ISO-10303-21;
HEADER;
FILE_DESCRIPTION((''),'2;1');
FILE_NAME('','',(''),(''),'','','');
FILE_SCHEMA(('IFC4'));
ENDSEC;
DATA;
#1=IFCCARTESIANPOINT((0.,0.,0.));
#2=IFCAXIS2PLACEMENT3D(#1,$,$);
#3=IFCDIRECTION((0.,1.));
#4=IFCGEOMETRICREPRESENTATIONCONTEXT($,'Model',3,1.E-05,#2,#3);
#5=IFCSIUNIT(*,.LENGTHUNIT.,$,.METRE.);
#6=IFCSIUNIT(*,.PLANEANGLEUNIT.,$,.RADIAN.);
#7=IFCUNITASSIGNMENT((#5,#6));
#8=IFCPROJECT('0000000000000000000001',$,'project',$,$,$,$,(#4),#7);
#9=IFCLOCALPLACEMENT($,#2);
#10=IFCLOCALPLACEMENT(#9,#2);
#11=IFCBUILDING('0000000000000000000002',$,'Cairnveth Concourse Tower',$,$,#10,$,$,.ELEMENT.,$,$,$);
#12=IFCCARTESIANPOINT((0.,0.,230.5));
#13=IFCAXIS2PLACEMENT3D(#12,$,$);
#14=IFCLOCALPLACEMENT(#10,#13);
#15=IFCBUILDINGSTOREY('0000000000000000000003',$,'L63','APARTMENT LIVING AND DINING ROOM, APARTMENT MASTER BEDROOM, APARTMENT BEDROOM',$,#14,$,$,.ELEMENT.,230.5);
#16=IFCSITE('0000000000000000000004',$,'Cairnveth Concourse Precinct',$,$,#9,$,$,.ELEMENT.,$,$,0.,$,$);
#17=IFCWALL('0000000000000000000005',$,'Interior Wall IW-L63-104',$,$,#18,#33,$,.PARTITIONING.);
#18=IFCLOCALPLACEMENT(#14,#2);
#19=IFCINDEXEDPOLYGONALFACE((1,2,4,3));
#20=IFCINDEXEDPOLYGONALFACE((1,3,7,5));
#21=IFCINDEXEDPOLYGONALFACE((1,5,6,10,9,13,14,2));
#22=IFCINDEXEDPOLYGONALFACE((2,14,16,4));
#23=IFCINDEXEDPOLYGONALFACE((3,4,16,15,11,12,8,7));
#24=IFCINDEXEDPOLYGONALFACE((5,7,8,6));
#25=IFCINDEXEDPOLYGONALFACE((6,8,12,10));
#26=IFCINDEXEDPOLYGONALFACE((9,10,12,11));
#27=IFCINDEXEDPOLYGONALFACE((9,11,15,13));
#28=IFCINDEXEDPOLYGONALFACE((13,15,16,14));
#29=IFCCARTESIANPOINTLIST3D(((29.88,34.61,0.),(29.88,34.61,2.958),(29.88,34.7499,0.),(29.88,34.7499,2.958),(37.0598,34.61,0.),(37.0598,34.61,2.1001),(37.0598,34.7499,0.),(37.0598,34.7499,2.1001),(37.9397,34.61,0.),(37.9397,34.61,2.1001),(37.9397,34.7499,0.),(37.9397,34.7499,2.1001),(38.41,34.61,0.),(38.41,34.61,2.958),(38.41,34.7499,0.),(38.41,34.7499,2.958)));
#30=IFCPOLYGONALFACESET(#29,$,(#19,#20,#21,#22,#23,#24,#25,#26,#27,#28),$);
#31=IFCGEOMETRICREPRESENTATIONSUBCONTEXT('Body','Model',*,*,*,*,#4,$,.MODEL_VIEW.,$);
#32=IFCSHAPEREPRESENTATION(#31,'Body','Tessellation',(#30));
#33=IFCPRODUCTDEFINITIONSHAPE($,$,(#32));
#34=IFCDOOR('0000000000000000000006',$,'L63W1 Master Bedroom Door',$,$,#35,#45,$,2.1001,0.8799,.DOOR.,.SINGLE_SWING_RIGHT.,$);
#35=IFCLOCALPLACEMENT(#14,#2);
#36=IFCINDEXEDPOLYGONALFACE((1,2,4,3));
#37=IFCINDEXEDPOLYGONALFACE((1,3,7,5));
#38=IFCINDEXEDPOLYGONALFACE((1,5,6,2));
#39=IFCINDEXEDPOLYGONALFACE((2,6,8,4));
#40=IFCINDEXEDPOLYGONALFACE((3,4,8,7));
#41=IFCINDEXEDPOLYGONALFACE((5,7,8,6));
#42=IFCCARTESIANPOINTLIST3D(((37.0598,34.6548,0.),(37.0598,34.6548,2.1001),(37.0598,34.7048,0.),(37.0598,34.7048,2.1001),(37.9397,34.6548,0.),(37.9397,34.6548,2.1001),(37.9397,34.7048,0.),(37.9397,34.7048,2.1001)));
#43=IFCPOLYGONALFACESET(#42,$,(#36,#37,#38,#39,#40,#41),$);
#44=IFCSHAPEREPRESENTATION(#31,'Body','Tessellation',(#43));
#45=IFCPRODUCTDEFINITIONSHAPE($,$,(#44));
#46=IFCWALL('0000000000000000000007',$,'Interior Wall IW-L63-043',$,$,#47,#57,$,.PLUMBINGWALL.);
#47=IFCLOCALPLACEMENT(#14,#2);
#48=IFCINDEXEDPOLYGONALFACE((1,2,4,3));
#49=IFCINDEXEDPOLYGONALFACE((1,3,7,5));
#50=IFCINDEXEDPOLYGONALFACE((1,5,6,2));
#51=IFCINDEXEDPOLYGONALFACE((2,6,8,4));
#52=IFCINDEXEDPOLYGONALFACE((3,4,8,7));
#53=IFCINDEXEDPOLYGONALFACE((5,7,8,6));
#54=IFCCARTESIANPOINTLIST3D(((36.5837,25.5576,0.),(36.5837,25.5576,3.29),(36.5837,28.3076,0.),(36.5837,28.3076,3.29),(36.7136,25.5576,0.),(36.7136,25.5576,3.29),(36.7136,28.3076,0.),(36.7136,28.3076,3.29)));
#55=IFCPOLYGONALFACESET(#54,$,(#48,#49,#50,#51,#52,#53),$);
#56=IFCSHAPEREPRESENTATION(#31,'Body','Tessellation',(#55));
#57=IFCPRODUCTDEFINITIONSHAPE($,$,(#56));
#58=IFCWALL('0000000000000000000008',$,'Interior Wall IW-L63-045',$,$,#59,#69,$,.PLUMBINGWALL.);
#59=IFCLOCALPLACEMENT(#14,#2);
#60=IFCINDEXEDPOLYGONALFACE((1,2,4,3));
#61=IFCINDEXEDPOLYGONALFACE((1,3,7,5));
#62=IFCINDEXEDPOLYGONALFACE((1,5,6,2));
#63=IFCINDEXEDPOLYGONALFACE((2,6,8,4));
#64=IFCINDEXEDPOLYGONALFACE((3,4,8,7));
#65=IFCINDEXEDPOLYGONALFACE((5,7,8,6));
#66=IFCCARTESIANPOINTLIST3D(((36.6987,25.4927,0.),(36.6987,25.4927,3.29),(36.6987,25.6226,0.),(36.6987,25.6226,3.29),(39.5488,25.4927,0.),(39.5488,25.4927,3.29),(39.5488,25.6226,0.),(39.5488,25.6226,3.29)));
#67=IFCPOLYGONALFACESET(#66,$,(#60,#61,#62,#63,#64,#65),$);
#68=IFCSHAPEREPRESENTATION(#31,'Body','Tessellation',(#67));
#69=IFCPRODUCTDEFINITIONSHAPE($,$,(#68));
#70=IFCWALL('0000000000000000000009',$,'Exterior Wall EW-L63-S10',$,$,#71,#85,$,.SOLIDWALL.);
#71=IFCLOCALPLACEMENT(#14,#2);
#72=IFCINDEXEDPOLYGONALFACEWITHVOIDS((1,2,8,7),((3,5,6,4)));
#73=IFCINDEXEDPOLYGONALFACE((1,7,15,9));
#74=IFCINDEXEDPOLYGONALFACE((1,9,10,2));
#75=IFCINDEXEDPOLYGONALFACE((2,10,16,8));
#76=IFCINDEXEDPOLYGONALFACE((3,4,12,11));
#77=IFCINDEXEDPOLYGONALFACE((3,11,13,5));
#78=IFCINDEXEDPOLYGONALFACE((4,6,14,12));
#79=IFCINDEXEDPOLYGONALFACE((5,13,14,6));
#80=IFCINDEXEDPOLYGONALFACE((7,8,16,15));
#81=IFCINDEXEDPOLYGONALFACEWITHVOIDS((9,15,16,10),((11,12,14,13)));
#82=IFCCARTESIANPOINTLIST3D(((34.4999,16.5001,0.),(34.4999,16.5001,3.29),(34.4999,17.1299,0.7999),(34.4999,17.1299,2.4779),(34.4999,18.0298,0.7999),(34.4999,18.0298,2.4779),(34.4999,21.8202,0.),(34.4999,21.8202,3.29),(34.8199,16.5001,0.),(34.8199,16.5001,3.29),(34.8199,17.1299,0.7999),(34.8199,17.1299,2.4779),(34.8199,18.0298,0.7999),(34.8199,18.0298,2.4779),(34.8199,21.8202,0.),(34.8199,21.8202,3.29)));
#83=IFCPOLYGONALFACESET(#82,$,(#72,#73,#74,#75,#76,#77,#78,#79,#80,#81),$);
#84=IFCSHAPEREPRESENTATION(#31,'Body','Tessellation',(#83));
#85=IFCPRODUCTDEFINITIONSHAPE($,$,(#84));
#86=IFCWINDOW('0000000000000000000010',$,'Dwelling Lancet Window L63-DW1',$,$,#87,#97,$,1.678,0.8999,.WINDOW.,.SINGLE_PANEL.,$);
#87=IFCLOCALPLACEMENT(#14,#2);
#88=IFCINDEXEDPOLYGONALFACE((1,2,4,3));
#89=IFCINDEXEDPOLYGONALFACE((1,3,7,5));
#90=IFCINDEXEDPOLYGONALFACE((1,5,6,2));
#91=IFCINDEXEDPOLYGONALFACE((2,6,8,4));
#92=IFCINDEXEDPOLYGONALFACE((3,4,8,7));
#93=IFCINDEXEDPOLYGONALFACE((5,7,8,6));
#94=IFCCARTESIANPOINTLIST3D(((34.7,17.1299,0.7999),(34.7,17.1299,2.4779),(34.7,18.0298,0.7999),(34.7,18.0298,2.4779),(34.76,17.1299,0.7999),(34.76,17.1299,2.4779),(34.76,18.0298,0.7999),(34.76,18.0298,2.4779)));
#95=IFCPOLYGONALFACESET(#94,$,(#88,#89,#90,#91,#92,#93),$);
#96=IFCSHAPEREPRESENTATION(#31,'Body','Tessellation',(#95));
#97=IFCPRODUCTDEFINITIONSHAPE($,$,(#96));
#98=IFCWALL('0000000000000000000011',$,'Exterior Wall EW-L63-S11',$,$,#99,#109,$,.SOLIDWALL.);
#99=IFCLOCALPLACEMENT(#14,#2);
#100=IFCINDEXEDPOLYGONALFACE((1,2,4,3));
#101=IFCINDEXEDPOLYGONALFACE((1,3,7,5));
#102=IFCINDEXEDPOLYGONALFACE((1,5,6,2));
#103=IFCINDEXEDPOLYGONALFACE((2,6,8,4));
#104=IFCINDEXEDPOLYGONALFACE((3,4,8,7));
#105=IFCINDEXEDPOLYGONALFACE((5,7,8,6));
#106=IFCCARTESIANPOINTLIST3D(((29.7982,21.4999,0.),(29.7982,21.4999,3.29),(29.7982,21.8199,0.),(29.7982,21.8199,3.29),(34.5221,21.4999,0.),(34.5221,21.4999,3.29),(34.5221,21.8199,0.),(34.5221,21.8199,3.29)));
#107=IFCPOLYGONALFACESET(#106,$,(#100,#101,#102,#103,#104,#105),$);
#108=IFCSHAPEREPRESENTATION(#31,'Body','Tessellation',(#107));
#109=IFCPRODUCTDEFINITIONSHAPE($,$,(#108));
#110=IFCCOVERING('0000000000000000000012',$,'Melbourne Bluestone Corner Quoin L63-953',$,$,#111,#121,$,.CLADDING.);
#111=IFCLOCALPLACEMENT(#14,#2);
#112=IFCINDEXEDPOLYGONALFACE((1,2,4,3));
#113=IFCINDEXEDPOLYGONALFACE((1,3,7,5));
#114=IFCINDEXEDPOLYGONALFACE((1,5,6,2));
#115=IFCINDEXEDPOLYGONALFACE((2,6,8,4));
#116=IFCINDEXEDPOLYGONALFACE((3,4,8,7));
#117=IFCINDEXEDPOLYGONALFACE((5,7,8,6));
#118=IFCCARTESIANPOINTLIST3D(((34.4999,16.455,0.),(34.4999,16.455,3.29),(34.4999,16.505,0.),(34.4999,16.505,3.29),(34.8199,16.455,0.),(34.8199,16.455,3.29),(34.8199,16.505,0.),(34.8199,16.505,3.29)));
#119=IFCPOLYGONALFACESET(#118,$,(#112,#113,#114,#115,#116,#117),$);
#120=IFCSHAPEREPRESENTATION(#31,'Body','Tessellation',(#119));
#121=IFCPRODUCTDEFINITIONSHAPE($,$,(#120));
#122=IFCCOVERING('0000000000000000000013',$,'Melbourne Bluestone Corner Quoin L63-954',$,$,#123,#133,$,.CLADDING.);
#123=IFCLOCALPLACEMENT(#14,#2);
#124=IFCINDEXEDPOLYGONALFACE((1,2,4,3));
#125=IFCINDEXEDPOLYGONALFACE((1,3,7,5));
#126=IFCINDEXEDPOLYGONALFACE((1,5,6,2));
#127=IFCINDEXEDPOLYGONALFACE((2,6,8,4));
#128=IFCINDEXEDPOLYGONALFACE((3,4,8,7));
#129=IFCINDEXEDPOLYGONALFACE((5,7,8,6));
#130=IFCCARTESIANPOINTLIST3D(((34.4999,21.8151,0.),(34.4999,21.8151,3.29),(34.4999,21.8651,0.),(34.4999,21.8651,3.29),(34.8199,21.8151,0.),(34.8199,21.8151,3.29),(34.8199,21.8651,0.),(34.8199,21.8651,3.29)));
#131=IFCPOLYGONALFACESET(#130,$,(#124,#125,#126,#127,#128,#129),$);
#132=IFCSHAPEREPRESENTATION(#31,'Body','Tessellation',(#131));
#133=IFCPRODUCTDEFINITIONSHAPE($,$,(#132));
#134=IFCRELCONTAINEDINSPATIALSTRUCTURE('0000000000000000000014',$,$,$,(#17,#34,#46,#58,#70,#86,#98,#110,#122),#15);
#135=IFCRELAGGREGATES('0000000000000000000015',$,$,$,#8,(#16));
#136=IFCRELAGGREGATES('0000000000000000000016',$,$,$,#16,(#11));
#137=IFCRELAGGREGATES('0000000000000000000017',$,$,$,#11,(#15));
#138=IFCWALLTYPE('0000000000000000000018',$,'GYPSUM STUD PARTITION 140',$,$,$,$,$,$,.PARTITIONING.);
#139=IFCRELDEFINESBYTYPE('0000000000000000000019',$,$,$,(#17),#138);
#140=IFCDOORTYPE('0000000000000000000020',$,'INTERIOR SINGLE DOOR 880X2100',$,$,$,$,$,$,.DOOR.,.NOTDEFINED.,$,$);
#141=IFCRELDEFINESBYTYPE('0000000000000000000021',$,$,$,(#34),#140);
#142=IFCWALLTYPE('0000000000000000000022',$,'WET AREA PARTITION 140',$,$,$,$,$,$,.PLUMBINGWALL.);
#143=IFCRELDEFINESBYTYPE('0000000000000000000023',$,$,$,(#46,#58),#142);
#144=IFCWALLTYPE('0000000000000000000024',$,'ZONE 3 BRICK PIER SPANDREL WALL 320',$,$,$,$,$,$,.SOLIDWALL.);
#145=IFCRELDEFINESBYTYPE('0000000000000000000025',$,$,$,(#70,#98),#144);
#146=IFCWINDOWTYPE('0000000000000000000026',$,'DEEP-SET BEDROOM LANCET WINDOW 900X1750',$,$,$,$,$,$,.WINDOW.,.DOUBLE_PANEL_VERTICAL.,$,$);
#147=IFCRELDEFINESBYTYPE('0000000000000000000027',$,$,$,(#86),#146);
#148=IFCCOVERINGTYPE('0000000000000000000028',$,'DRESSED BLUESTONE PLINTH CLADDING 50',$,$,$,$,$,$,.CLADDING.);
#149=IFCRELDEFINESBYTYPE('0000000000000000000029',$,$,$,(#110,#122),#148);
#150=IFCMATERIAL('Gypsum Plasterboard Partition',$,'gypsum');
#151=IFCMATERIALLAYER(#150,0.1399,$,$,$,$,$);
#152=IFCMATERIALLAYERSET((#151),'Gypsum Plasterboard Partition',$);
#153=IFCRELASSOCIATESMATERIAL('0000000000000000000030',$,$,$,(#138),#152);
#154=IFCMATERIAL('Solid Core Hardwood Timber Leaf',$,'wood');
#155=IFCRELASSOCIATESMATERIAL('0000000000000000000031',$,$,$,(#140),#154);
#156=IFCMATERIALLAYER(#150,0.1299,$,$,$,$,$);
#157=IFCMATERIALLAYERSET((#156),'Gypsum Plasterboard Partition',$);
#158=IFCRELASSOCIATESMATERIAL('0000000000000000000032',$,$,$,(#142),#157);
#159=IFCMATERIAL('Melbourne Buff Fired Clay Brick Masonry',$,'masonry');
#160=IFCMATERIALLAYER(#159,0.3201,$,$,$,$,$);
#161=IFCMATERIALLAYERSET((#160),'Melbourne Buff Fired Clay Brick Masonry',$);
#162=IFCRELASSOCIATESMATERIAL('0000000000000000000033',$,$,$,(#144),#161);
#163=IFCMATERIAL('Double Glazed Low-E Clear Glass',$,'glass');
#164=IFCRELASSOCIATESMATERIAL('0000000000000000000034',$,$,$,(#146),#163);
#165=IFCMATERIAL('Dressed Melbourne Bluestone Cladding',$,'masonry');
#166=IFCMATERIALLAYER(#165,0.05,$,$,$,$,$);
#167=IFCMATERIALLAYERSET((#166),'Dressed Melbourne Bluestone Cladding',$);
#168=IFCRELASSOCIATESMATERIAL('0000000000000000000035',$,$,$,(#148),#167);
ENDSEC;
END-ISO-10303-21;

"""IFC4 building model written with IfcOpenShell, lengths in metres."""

from ifc_helpers import new_model, si_unit, direction, frame, frame_2d, origin, place, context, subcontext, project, spatial, rectangle, extrude, material, layer, layer_set, type_object, element, fill, save


model = new_model("IFC4")

# Units and contexts
model_context = context("Model", 3, precision=1e-05, world=origin(), true_north=direction((0.0, 1.0)))
body_context = subcontext(model_context, "Body", "Model", "MODEL_VIEW")
ifc_project = project(units=[si_unit("LENGTHUNIT", "METRE"), si_unit("PLANEANGLEUNIT", "RADIAN")], contexts=[model_context])

# Site, building, storey
site_placement = place(None, origin())
site = spatial("IfcSite", under=ifc_project, at=site_placement, Name="Cairnveth Concourse Precinct", CompositionType="ELEMENT", RefElevation=0.0)
building_placement = place(site_placement, origin())
building = spatial("IfcBuilding", under=site, at=building_placement, Name="Cairnveth Concourse Tower", CompositionType="ELEMENT")
storey_placement = place(building_placement, frame((0.0, 0.0, 230.5)))
storey = spatial("IfcBuildingStorey", under=building, at=storey_placement, Name="L63", Description="APARTMENT LIVING AND DINING ROOM, APARTMENT MASTER BEDROOM, APARTMENT BEDROOM", CompositionType="ELEMENT", Elevation=230.5)

# Wall, opening, door
ifc_material_1 = material(Name="Gypsum Plasterboard Partition", Category="gypsum")
ifc_layer_1 = layer(ifc_material_1, 0.1399)
ifc_layer_set_1 = layer_set([ifc_layer_1], Name="Gypsum Plasterboard Partition")
wall_type_1 = type_object("IfcWallType", Name="GYPSUM STUD PARTITION 140", PredefinedType="PARTITIONING", material=ifc_layer_set_1)
ifc_material_2 = material(Name="Solid Core Hardwood Timber Leaf", Category="wood")
door_type_1 = type_object("IfcDoorType", Name="INTERIOR SINGLE DOOR 880X2100", OperationType="NOTDEFINED", PredefinedType="DOOR", material=ifc_material_2)
wall_1_placement = place(storey_placement, frame((29.8799, 34.6799, 0.0), z_axis=(0.0, 0.0, 1.0), x_axis=(1.0, 0.0, 0.0)))
wall_1 = element("IfcWall", 1, at=wall_1_placement, inside=storey, type_object=wall_type_1, Name="Interior Wall IW-L63-104", PredefinedType="PARTITIONING", context=body_context, shape_type="SweptSolid", body=[
    extrude(rectangle(XDim=8.53, YDim=0.1399, at=frame_2d((4.2651, 0.0))), origin(), (0.0, 0.0, 1.0), 2.958),
])
opening_1_placement = place(wall_1_placement, frame((7.1799, 0.0, 0.0)))
opening_1 = element("IfcOpeningElement", 2, at=opening_1_placement, cuts=wall_1, PredefinedType="OPENING", context=body_context, shape_type="SweptSolid", body=[
    extrude(rectangle(XDim=0.8799, YDim=2.1001, at=frame_2d((0.4399, 1.05))), frame((0.0, 0.0798, 0.0), z_axis=(0.0, -1.0, 0.0), x_axis=(1.0, 0.0, 0.0)), (0.0, 0.0, 1.0), 0.1599),
])
door_1_placement = place(opening_1_placement, origin())
door_1 = element("IfcDoor", 3, at=door_1_placement, inside=storey, type_object=door_type_1, Name="L63W1 Master Bedroom Door", OperationType="SINGLE_SWING_RIGHT", OverallHeight=2.1001, OverallWidth=0.8799, PredefinedType="DOOR", context=body_context, shape_type="SweptSolid", body=[
    extrude(rectangle(XDim=0.8799, YDim=2.1001, at=frame_2d((0.4399, 1.05))), frame((0.0, 0.0249, 0.0), z_axis=(0.0, -1.0, 0.0), x_axis=(1.0, 0.0, 0.0)), (0.0, 0.0, 1.0), 0.05),
])
fill(opening_1, door_1)

# Walls
ifc_layer_2 = layer(ifc_material_1, 0.1299)
ifc_layer_set_2 = layer_set([ifc_layer_2], Name="Gypsum Plasterboard Partition")
wall_type_2 = type_object("IfcWallType", Name="WET AREA PARTITION 140", PredefinedType="PLUMBINGWALL", material=ifc_layer_set_2)
wall_2_placement = place(storey_placement, frame((36.6487, 25.5576, 0.0), z_axis=(0.0, 0.0, 1.0), x_axis=(0.0, 1.0, 0.0)))
element("IfcWall", 4, at=wall_2_placement, inside=storey, type_object=wall_type_2, Name="Interior Wall IW-L63-043", PredefinedType="PLUMBINGWALL", context=body_context, shape_type="SweptSolid", body=[
    extrude(rectangle(XDim=2.75, YDim=0.1299, at=frame_2d((1.375, 0.0))), origin(), (0.0, 0.0, 1.0), 3.29),
])
wall_3_placement = place(storey_placement, frame((36.6987, 25.5576, 0.0), z_axis=(0.0, 0.0, 1.0), x_axis=(1.0, 0.0, 0.0)))
element("IfcWall", 5, at=wall_3_placement, inside=storey, type_object=wall_type_2, Name="Interior Wall IW-L63-045", PredefinedType="PLUMBINGWALL", context=body_context, shape_type="SweptSolid", body=[
    extrude(rectangle(XDim=2.8501, YDim=0.1299, at=frame_2d((1.425, 0.0))), origin(), (0.0, 0.0, 1.0), 3.29),
])

# Wall, opening, window
ifc_material_3 = material(Name="Melbourne Buff Fired Clay Brick Masonry", Category="masonry")
ifc_layer_3 = layer(ifc_material_3, 0.3201)
ifc_layer_set_3 = layer_set([ifc_layer_3], Name="Melbourne Buff Fired Clay Brick Masonry")
wall_type_3 = type_object("IfcWallType", Name="ZONE 3 BRICK PIER SPANDREL WALL 320", PredefinedType="SOLIDWALL", material=ifc_layer_set_3)
wall_4_placement = place(storey_placement, frame((34.6599, 16.5, 0.0), z_axis=(0.0, 0.0, 1.0), x_axis=(0.0, 1.0, 0.0)))
wall_4 = element("IfcWall", 6, at=wall_4_placement, inside=storey, type_object=wall_type_3, Name="Exterior Wall EW-L63-S10", PredefinedType="SOLIDWALL", context=body_context, shape_type="SweptSolid", body=[
    extrude(rectangle(XDim=5.3201, YDim=0.3201, at=frame_2d((2.6602, 0.0))), origin(), (0.0, 0.0, 1.0), 3.29),
])
opening_2_placement = place(wall_4_placement, frame((0.6299, 0.0, 0.8)))
opening_2 = element("IfcOpeningElement", 7, at=opening_2_placement, cuts=wall_4, PredefinedType="OPENING", context=body_context, shape_type="SweptSolid", body=[
    extrude(rectangle(XDim=0.8999, YDim=1.678, at=frame_2d((0.45, 0.8389))), frame((0.0, 0.1699, 0.0), z_axis=(0.0, -1.0, 0.0), x_axis=(1.0, 0.0, 0.0)), (0.0, 0.0, 1.0), 0.3401),
])
ifc_material_4 = material(Name="Double Glazed Low-E Clear Glass", Category="glass")
window_type = type_object("IfcWindowType", Name="DEEP-SET BEDROOM LANCET WINDOW 900X1750", PartitioningType="DOUBLE_PANEL_VERTICAL", PredefinedType="WINDOW", material=ifc_material_4)
window_placement = place(opening_2_placement, origin())
window = element("IfcWindow", 8, at=window_placement, inside=storey, type_object=window_type, Name="Dwelling Lancet Window L63-DW1", OverallHeight=1.678, OverallWidth=0.8999, PartitioningType="SINGLE_PANEL", PredefinedType="WINDOW", context=body_context, shape_type="SweptSolid", body=[
    extrude(rectangle(XDim=0.8999, YDim=1.678, at=frame_2d((0.45, 0.8389))), frame((0.0, -0.04, 0.0), z_axis=(0.0, -1.0, 0.0), x_axis=(1.0, 0.0, 0.0)), (0.0, 0.0, 1.0), 0.0601),
])
fill(opening_2, window)

# Wall
wall_5_placement = place(storey_placement, frame((34.522, 21.6599, 0.0), z_axis=(0.0, 0.0, 1.0), x_axis=(-1.0, 0.0, 0.0)))
element("IfcWall", 9, at=wall_5_placement, inside=storey, type_object=wall_type_3, Name="Exterior Wall EW-L63-S11", PredefinedType="SOLIDWALL", context=body_context, shape_type="SweptSolid", body=[
    extrude(rectangle(XDim=4.7239, YDim=0.3201, at=frame_2d((2.3618, 0.0))), origin(), (0.0, 0.0, 1.0), 3.29),
])

# Coverings
ifc_material_5 = material(Name="Dressed Melbourne Bluestone Cladding", Category="masonry")
ifc_layer_4 = layer(ifc_material_5, 0.05)
ifc_layer_set_4 = layer_set([ifc_layer_4], Name="Dressed Melbourne Bluestone Cladding")
covering_type = type_object("IfcCoveringType", Name="DRESSED BLUESTONE PLINTH CLADDING 50", PredefinedType="CLADDING", material=ifc_layer_set_4)
for number, where, z_axis, x_axis, name in (
    (10, (34.8201, 16.48, 0.0), (0.0, 0.0, 1.0), (-1.0, 0.0, 0.0), "Melbourne Bluestone Corner Quoin L63-953"),
    (11, (34.8201, 21.8401, 0.0), (0.0, 0.0, 1.0), (-1.0, 0.0, 0.0), "Melbourne Bluestone Corner Quoin L63-954"),
):
    element("IfcCovering", number, at=place(storey_placement, frame(where, z_axis=z_axis, x_axis=x_axis)), inside=storey, type_object=covering_type, Name=name, PredefinedType="CLADDING", context=body_context, shape_type="SweptSolid", body=[
        extrude(rectangle(XDim=0.3201, YDim=0.05, at=frame_2d((0.1602, 0.0))), origin(), (0.0, 0.0, 1.0), 3.29),
    ])

save(model, "model.ifc")
